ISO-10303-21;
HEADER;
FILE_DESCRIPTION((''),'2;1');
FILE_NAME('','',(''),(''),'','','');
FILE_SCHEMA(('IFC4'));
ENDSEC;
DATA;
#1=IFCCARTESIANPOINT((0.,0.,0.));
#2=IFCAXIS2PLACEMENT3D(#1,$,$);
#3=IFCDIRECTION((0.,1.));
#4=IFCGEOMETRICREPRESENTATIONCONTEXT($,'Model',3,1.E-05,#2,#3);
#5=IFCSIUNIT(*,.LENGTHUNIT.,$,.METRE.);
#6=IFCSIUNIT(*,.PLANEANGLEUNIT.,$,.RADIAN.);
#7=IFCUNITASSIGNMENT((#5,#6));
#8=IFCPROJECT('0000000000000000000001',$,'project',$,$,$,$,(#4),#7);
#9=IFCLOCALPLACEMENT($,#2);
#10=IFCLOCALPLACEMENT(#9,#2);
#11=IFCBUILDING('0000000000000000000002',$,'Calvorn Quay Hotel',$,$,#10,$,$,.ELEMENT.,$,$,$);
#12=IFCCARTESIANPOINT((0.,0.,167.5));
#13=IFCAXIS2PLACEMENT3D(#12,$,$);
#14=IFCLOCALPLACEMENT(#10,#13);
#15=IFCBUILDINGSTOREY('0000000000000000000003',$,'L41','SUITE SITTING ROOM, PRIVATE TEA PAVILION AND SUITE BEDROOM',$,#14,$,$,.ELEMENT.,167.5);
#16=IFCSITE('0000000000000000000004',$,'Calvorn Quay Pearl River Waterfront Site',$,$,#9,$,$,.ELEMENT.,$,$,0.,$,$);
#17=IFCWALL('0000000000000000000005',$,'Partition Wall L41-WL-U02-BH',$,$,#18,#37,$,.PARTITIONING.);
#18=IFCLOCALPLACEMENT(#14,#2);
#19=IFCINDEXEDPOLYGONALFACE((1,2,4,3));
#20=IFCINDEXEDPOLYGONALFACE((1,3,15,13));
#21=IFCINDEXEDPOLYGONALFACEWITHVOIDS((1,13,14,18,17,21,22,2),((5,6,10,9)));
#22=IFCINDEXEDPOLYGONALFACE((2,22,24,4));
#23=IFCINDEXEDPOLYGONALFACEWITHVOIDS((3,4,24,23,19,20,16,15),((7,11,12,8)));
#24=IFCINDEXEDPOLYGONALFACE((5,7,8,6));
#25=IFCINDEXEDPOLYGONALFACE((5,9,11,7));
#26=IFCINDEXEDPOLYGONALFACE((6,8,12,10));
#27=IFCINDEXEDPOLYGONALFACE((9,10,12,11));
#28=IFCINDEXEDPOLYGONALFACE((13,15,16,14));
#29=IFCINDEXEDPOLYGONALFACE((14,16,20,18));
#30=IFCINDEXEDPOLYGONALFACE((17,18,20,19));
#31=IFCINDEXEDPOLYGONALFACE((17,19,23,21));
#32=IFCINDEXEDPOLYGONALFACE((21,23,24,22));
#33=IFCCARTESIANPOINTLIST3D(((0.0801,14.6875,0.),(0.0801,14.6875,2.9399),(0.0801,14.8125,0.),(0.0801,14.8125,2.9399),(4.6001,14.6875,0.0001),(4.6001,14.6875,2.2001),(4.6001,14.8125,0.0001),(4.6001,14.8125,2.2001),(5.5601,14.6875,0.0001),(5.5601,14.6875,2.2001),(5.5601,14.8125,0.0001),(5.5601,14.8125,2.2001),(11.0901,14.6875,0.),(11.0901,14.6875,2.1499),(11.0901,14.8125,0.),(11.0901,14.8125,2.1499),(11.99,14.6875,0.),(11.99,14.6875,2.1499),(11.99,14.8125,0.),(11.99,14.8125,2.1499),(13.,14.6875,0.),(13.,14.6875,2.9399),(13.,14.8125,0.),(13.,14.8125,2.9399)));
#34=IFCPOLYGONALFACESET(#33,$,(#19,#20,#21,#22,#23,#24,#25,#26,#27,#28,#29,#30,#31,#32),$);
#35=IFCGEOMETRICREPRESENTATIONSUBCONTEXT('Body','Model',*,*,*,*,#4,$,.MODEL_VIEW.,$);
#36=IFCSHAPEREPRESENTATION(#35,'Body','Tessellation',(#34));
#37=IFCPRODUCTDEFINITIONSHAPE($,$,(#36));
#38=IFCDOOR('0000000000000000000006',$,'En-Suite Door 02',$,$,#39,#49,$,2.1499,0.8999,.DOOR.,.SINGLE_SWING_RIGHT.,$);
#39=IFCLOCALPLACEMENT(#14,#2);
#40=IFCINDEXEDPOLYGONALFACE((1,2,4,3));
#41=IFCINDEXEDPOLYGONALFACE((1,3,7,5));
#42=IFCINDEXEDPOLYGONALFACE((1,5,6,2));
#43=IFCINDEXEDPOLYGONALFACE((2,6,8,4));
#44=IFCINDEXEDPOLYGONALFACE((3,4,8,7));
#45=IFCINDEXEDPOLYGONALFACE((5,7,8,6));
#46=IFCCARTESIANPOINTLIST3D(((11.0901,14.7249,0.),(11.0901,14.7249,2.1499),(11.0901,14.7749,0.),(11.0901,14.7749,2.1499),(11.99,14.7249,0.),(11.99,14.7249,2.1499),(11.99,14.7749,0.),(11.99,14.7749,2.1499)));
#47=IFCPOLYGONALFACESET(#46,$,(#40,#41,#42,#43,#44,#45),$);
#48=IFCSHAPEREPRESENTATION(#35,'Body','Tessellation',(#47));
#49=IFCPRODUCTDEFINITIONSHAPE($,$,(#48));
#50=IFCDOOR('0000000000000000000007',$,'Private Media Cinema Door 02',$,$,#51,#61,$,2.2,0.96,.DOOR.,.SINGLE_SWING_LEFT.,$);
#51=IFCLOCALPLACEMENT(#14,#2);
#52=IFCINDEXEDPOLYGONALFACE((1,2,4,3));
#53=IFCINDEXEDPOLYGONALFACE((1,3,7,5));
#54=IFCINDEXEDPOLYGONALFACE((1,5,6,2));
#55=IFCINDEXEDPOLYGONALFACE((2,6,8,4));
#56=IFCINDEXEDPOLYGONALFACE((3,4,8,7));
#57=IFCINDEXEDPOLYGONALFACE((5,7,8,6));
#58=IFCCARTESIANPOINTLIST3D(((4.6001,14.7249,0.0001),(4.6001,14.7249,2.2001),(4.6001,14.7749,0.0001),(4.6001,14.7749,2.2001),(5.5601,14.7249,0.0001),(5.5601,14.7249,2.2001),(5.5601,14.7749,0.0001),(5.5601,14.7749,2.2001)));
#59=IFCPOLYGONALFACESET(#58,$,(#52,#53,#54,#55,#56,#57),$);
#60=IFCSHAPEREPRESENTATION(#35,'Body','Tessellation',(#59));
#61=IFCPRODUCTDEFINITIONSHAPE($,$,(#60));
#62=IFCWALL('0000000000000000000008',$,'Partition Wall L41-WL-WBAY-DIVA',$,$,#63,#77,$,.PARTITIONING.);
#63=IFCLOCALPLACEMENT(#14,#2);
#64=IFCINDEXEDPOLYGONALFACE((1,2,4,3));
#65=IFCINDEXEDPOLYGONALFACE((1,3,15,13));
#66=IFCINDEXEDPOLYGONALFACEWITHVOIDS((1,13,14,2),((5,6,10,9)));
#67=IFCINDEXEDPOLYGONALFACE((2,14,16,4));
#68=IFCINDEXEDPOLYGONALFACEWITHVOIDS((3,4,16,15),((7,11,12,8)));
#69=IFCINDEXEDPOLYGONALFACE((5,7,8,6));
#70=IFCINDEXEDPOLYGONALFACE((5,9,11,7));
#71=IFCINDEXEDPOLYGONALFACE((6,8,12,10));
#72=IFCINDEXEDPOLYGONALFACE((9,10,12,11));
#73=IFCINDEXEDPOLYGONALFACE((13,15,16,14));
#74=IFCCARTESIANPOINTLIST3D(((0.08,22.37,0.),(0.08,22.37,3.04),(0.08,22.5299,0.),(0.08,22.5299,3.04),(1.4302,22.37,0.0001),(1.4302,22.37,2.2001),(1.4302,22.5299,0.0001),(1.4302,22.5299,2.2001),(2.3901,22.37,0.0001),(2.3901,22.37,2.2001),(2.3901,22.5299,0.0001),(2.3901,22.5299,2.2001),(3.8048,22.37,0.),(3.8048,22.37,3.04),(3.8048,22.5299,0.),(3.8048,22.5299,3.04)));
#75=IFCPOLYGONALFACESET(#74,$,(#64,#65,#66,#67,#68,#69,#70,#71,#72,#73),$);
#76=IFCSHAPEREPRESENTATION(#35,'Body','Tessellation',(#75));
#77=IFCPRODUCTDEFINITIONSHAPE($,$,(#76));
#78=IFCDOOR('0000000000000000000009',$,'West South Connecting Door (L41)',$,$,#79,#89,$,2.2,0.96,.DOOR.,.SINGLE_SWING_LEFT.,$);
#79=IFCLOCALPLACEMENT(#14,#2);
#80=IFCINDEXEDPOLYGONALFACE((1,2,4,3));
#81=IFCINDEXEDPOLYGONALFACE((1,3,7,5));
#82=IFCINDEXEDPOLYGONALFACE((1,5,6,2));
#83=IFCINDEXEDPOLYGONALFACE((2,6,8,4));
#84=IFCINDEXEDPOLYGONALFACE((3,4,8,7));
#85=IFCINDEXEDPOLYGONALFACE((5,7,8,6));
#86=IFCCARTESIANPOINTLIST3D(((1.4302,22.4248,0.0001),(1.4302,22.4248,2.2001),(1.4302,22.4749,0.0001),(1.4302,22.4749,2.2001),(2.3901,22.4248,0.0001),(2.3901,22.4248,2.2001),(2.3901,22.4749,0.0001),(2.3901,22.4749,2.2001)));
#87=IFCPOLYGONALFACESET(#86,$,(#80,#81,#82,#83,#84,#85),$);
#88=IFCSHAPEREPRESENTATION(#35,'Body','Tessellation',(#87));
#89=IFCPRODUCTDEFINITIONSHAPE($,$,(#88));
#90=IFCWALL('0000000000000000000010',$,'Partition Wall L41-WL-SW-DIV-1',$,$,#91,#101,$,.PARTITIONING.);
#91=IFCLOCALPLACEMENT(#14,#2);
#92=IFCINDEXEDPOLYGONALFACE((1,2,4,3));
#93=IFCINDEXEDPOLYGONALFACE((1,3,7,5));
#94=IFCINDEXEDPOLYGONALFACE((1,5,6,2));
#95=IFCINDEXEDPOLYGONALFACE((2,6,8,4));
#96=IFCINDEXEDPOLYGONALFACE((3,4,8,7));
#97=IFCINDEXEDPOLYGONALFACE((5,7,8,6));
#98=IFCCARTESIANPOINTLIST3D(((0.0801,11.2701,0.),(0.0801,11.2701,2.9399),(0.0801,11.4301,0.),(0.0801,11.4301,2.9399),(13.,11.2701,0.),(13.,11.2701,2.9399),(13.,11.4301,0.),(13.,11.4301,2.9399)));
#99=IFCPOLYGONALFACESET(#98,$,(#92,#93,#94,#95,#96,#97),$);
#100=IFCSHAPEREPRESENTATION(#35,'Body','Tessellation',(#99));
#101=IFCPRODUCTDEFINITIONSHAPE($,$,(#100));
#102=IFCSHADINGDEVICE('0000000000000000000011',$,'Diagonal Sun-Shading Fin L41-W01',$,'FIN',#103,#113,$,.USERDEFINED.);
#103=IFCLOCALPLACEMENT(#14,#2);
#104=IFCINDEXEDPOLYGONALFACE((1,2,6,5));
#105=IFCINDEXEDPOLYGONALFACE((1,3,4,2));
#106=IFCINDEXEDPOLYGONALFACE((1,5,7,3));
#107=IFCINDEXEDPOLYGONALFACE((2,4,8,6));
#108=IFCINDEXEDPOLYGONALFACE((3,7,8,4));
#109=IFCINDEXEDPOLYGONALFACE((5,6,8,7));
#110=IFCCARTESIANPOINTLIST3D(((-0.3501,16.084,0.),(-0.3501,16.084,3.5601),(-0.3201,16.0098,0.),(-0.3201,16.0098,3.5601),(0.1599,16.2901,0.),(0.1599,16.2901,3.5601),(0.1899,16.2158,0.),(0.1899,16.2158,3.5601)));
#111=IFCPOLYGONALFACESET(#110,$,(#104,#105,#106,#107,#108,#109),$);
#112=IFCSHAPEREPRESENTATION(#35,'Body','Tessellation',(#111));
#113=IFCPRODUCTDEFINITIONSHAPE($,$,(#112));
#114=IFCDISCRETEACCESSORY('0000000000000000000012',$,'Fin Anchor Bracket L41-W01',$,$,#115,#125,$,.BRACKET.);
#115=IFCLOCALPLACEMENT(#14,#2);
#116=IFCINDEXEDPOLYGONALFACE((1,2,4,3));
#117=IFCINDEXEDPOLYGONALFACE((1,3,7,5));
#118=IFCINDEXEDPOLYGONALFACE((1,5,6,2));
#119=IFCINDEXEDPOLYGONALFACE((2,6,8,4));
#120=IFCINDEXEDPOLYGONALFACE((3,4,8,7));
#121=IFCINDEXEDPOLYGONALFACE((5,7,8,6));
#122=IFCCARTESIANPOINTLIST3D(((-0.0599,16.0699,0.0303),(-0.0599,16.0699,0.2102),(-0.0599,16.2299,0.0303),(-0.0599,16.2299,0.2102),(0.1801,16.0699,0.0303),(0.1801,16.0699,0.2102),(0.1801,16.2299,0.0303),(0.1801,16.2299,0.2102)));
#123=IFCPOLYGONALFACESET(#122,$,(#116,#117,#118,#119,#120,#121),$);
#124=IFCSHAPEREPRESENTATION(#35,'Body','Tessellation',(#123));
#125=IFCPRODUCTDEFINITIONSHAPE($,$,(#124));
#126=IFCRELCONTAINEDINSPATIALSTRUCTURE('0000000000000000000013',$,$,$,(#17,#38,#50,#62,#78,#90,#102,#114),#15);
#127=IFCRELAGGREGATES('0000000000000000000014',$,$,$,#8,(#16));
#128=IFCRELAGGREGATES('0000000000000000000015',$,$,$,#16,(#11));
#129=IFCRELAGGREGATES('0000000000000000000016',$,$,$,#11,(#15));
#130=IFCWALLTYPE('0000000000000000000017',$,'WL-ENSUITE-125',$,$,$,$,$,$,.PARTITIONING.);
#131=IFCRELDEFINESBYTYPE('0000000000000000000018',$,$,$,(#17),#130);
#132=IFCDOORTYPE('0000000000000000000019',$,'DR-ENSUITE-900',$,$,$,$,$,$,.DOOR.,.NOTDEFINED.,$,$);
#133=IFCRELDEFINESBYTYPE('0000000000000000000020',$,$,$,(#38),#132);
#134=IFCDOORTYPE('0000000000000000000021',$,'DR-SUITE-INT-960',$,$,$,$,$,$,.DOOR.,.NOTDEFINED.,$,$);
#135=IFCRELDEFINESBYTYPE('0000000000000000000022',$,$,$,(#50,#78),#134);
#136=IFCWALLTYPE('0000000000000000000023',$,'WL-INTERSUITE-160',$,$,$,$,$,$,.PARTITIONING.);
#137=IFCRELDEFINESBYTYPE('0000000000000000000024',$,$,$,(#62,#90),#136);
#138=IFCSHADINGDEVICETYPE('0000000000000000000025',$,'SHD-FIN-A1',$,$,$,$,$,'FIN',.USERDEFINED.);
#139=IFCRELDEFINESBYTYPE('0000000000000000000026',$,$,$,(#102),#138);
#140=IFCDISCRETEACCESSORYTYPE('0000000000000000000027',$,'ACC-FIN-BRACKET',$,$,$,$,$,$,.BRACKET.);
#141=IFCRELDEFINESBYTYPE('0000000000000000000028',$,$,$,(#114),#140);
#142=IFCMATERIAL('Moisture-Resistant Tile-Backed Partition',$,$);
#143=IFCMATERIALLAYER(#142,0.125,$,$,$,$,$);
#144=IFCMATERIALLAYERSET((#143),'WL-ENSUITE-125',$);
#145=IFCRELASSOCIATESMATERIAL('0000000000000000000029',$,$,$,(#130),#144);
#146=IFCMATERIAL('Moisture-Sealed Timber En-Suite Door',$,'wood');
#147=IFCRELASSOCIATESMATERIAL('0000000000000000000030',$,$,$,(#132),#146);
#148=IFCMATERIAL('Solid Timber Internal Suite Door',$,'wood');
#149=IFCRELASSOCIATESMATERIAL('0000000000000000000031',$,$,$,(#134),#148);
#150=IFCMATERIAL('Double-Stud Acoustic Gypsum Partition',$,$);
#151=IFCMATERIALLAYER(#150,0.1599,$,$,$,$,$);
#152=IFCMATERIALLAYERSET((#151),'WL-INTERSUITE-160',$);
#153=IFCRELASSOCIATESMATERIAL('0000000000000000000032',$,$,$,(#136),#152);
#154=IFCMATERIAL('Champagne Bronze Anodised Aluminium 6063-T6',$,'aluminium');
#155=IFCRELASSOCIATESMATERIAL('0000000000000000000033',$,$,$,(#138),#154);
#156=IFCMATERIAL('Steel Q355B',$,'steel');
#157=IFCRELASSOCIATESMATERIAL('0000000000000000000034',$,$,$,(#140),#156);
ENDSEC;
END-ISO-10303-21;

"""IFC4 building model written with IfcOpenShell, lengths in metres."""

from ifc_helpers import new_model, si_unit, direction, frame, frame_2d, origin, origin_2d, place, context, subcontext, project, spatial, rectangle, extrude, material, layer, layer_set, type_object, element, fill, save


model = new_model("IFC4")

# Units and contexts
model_context = context("Model", 3, precision=1e-05, world=origin(), true_north=direction((0.0, 1.0)))
body_context = subcontext(model_context, "Body", "Model", "MODEL_VIEW")
ifc_project = project(units=[si_unit("LENGTHUNIT", "METRE"), si_unit("PLANEANGLEUNIT", "RADIAN")], contexts=[model_context])

# Site, building, storey
site_placement = place(None, origin())
site = spatial("IfcSite", under=ifc_project, at=site_placement, Name="Calvorn Quay Pearl River Waterfront Site", CompositionType="ELEMENT", RefElevation=0.0)
building_placement = place(site_placement, origin())
building = spatial("IfcBuilding", under=site, at=building_placement, Name="Calvorn Quay Hotel", CompositionType="ELEMENT")
storey_placement = place(building_placement, frame((0.0, 0.0, 167.5)))
storey = spatial("IfcBuildingStorey", under=building, at=storey_placement, Name="L41", Description="SUITE SITTING ROOM, PRIVATE TEA PAVILION AND SUITE BEDROOM", CompositionType="ELEMENT", Elevation=167.5)

# Wall, openings, doors
ifc_material_1 = material(Name="Moisture-Resistant Tile-Backed Partition")
ifc_layer_1 = layer(ifc_material_1, 0.125)
ifc_layer_set_1 = layer_set([ifc_layer_1], Name="WL-ENSUITE-125")
wall_type_1 = type_object("IfcWallType", Name="WL-ENSUITE-125", PredefinedType="PARTITIONING", material=ifc_layer_set_1)
wall_1_placement = place(storey_placement, frame((0.0801, 14.75, 0.0), z_axis=(0.0, 0.0, 1.0), x_axis=(1.0, 0.0, 0.0)))
wall_1 = element("IfcWall", 1, at=wall_1_placement, inside=storey, type_object=wall_type_1, Name="Partition Wall L41-WL-U02-BH", PredefinedType="PARTITIONING", context=body_context, shape_type="SweptSolid", body=[
    extrude(rectangle(XDim=12.9199, YDim=0.125, at=frame_2d((6.46, 0.0))), origin(), (0.0, 0.0, 1.0), 2.9399),
])
opening_1_placement = place(wall_1_placement, frame((4.52, 0.0, 0.0)))
opening_1 = element("IfcOpeningElement", 2, at=opening_1_placement, cuts=wall_1, PredefinedType="OPENING", context=body_context, shape_type="SweptSolid", body=[
    extrude(rectangle(XDim=0.96, YDim=2.2, at=frame_2d((0.48, 1.1001))), frame((0.0, 0.0725, 0.0), z_axis=(0.0, -1.0, 0.0), x_axis=(1.0, 0.0, 0.0)), (0.0, 0.0, 1.0), 0.145),
])
opening_2_placement = place(wall_1_placement, frame((11.01, 0.0, 0.0)))
opening_2 = element("IfcOpeningElement", 3, at=opening_2_placement, cuts=wall_1, PredefinedType="OPENING", context=body_context, shape_type="SweptSolid", body=[
    extrude(rectangle(XDim=0.8999, YDim=2.1499, at=frame_2d((0.45, 1.075))), frame((0.0, 0.0725, 0.0), z_axis=(0.0, -1.0, 0.0), x_axis=(1.0, 0.0, 0.0)), (0.0, 0.0, 1.0), 0.145),
])
ifc_material_2 = material(Name="Moisture-Sealed Timber En-Suite Door", Category="wood")
door_type_1 = type_object("IfcDoorType", Name="DR-ENSUITE-900", OperationType="NOTDEFINED", PredefinedType="DOOR", material=ifc_material_2)
door_1_placement = place(opening_2_placement, origin())
door_1 = element("IfcDoor", 4, at=door_1_placement, inside=storey, type_object=door_type_1, Name="En-Suite Door 02", OperationType="SINGLE_SWING_RIGHT", OverallHeight=2.1499, OverallWidth=0.8999, PredefinedType="DOOR", context=body_context, shape_type="SweptSolid", body=[
    extrude(rectangle(XDim=0.8999, YDim=2.1499, at=frame_2d((0.45, 1.075))), frame((0.0, 0.0249, 0.0), z_axis=(0.0, -1.0, 0.0), x_axis=(1.0, 0.0, 0.0)), (0.0, 0.0, 1.0), 0.05),
])
fill(opening_2, door_1)
ifc_material_3 = material(Name="Solid Timber Internal Suite Door", Category="wood")
door_type_2 = type_object("IfcDoorType", Name="DR-SUITE-INT-960", OperationType="NOTDEFINED", PredefinedType="DOOR", material=ifc_material_3)
door_2_placement = place(opening_1_placement, origin())
door_2 = element("IfcDoor", 5, at=door_2_placement, inside=storey, type_object=door_type_2, Name="Private Media Cinema Door 02", OperationType="SINGLE_SWING_LEFT", OverallHeight=2.2, OverallWidth=0.96, PredefinedType="DOOR", context=body_context, shape_type="SweptSolid", body=[
    extrude(rectangle(XDim=0.96, YDim=2.2, at=frame_2d((0.48, 1.1001))), frame((0.0, 0.0249, 0.0), z_axis=(0.0, -1.0, 0.0), x_axis=(1.0, 0.0, 0.0)), (0.0, 0.0, 1.0), 0.05),
])
fill(opening_1, door_2)

# Wall, opening, door
ifc_material_4 = material(Name="Double-Stud Acoustic Gypsum Partition")
ifc_layer_2 = layer(ifc_material_4, 0.1599)
ifc_layer_set_2 = layer_set([ifc_layer_2], Name="WL-INTERSUITE-160")
wall_type_2 = type_object("IfcWallType", Name="WL-INTERSUITE-160", PredefinedType="PARTITIONING", material=ifc_layer_set_2)
wall_2_placement = place(storey_placement, frame((0.0801, 22.45, 0.0), z_axis=(0.0, 0.0, 1.0), x_axis=(1.0, 0.0, 0.0)))
wall_2 = element("IfcWall", 6, at=wall_2_placement, inside=storey, type_object=wall_type_2, Name="Partition Wall L41-WL-WBAY-DIVA", PredefinedType="PARTITIONING", context=body_context, shape_type="SweptSolid", body=[
    extrude(rectangle(XDim=3.7249, YDim=0.1599, at=frame_2d((1.8623, 0.0))), origin(), (0.0, 0.0, 1.0), 3.04),
])
opening_3_placement = place(wall_2_placement, frame((1.3501, 0.0, 0.0)))
opening_3 = element("IfcOpeningElement", 7, at=opening_3_placement, cuts=wall_2, PredefinedType="OPENING", context=body_context, shape_type="SweptSolid", body=[
    extrude(rectangle(XDim=0.96, YDim=2.2, at=frame_2d((0.48, 1.1001))), frame((0.0, 0.0898, 0.0), z_axis=(0.0, -1.0, 0.0), x_axis=(1.0, 0.0, 0.0)), (0.0, 0.0, 1.0), 0.1799),
])
door_3_placement = place(opening_3_placement, origin())
door_3 = element("IfcDoor", 8, at=door_3_placement, inside=storey, type_object=door_type_2, Name="West South Connecting Door (L41)", OperationType="SINGLE_SWING_LEFT", OverallHeight=2.2, OverallWidth=0.96, PredefinedType="DOOR", context=body_context, shape_type="SweptSolid", body=[
    extrude(rectangle(XDim=0.96, YDim=2.2, at=frame_2d((0.48, 1.1001))), frame((0.0, 0.0249, 0.0), z_axis=(0.0, -1.0, 0.0), x_axis=(1.0, 0.0, 0.0)), (0.0, 0.0, 1.0), 0.05),
])
fill(opening_3, door_3)

# Wall
wall_3_placement = place(storey_placement, frame((0.0801, 11.3501, 0.0), z_axis=(0.0, 0.0, 1.0), x_axis=(1.0, 0.0, 0.0)))
element("IfcWall", 9, at=wall_3_placement, inside=storey, type_object=wall_type_2, Name="Partition Wall L41-WL-SW-DIV-1", PredefinedType="PARTITIONING", context=body_context, shape_type="SweptSolid", body=[
    extrude(rectangle(XDim=12.9199, YDim=0.1599, at=frame_2d((6.46, 0.0))), origin(), (0.0, 0.0, 1.0), 2.9399),
])

# Shading device
ifc_material_5 = material(Name="Champagne Bronze Anodised Aluminium 6063-T6", Category="aluminium")
shading_device_type = type_object("IfcShadingDeviceType", Name="SHD-FIN-A1", ElementType="FIN", PredefinedType="USERDEFINED", material=ifc_material_5)
shading_device_placement = place(storey_placement, frame((-0.0801, 16.1499, 0.0), z_axis=(0.0, 0.0, 1.0), x_axis=(0.927184, 0.374607, 0.0)))
element("IfcShadingDevice", 10, at=shading_device_placement, inside=storey, type_object=shading_device_type, Name="Diagonal Sun-Shading Fin L41-W01", ObjectType="FIN", PredefinedType="USERDEFINED", context=body_context, shape_type="SweptSolid", body=[
    extrude(rectangle(XDim=0.55, YDim=0.0801, at=origin_2d()), origin(), (0.0, 0.0, 1.0), 3.5601),
])

# Discrete accessory
ifc_material_6 = material(Name="Steel Q355B", Category="steel")
discrete_accessory_type = type_object("IfcDiscreteAccessoryType", Name="ACC-FIN-BRACKET", PredefinedType="BRACKET", material=ifc_material_6)
discrete_accessory_placement = place(storey_placement, frame((0.0601, 16.1499, 0.0303), z_axis=(0.0, 0.0, 1.0), x_axis=(1.0, 0.0, 0.0)))
element("IfcDiscreteAccessory", 11, at=discrete_accessory_placement, inside=storey, type_object=discrete_accessory_type, Name="Fin Anchor Bracket L41-W01", PredefinedType="BRACKET", context=body_context, shape_type="SweptSolid", body=[
    extrude(rectangle(XDim=0.24, YDim=0.1599, at=origin_2d()), origin(), (0.0, 0.0, 1.0), 0.1799),
])

save(model, "model.ifc")
